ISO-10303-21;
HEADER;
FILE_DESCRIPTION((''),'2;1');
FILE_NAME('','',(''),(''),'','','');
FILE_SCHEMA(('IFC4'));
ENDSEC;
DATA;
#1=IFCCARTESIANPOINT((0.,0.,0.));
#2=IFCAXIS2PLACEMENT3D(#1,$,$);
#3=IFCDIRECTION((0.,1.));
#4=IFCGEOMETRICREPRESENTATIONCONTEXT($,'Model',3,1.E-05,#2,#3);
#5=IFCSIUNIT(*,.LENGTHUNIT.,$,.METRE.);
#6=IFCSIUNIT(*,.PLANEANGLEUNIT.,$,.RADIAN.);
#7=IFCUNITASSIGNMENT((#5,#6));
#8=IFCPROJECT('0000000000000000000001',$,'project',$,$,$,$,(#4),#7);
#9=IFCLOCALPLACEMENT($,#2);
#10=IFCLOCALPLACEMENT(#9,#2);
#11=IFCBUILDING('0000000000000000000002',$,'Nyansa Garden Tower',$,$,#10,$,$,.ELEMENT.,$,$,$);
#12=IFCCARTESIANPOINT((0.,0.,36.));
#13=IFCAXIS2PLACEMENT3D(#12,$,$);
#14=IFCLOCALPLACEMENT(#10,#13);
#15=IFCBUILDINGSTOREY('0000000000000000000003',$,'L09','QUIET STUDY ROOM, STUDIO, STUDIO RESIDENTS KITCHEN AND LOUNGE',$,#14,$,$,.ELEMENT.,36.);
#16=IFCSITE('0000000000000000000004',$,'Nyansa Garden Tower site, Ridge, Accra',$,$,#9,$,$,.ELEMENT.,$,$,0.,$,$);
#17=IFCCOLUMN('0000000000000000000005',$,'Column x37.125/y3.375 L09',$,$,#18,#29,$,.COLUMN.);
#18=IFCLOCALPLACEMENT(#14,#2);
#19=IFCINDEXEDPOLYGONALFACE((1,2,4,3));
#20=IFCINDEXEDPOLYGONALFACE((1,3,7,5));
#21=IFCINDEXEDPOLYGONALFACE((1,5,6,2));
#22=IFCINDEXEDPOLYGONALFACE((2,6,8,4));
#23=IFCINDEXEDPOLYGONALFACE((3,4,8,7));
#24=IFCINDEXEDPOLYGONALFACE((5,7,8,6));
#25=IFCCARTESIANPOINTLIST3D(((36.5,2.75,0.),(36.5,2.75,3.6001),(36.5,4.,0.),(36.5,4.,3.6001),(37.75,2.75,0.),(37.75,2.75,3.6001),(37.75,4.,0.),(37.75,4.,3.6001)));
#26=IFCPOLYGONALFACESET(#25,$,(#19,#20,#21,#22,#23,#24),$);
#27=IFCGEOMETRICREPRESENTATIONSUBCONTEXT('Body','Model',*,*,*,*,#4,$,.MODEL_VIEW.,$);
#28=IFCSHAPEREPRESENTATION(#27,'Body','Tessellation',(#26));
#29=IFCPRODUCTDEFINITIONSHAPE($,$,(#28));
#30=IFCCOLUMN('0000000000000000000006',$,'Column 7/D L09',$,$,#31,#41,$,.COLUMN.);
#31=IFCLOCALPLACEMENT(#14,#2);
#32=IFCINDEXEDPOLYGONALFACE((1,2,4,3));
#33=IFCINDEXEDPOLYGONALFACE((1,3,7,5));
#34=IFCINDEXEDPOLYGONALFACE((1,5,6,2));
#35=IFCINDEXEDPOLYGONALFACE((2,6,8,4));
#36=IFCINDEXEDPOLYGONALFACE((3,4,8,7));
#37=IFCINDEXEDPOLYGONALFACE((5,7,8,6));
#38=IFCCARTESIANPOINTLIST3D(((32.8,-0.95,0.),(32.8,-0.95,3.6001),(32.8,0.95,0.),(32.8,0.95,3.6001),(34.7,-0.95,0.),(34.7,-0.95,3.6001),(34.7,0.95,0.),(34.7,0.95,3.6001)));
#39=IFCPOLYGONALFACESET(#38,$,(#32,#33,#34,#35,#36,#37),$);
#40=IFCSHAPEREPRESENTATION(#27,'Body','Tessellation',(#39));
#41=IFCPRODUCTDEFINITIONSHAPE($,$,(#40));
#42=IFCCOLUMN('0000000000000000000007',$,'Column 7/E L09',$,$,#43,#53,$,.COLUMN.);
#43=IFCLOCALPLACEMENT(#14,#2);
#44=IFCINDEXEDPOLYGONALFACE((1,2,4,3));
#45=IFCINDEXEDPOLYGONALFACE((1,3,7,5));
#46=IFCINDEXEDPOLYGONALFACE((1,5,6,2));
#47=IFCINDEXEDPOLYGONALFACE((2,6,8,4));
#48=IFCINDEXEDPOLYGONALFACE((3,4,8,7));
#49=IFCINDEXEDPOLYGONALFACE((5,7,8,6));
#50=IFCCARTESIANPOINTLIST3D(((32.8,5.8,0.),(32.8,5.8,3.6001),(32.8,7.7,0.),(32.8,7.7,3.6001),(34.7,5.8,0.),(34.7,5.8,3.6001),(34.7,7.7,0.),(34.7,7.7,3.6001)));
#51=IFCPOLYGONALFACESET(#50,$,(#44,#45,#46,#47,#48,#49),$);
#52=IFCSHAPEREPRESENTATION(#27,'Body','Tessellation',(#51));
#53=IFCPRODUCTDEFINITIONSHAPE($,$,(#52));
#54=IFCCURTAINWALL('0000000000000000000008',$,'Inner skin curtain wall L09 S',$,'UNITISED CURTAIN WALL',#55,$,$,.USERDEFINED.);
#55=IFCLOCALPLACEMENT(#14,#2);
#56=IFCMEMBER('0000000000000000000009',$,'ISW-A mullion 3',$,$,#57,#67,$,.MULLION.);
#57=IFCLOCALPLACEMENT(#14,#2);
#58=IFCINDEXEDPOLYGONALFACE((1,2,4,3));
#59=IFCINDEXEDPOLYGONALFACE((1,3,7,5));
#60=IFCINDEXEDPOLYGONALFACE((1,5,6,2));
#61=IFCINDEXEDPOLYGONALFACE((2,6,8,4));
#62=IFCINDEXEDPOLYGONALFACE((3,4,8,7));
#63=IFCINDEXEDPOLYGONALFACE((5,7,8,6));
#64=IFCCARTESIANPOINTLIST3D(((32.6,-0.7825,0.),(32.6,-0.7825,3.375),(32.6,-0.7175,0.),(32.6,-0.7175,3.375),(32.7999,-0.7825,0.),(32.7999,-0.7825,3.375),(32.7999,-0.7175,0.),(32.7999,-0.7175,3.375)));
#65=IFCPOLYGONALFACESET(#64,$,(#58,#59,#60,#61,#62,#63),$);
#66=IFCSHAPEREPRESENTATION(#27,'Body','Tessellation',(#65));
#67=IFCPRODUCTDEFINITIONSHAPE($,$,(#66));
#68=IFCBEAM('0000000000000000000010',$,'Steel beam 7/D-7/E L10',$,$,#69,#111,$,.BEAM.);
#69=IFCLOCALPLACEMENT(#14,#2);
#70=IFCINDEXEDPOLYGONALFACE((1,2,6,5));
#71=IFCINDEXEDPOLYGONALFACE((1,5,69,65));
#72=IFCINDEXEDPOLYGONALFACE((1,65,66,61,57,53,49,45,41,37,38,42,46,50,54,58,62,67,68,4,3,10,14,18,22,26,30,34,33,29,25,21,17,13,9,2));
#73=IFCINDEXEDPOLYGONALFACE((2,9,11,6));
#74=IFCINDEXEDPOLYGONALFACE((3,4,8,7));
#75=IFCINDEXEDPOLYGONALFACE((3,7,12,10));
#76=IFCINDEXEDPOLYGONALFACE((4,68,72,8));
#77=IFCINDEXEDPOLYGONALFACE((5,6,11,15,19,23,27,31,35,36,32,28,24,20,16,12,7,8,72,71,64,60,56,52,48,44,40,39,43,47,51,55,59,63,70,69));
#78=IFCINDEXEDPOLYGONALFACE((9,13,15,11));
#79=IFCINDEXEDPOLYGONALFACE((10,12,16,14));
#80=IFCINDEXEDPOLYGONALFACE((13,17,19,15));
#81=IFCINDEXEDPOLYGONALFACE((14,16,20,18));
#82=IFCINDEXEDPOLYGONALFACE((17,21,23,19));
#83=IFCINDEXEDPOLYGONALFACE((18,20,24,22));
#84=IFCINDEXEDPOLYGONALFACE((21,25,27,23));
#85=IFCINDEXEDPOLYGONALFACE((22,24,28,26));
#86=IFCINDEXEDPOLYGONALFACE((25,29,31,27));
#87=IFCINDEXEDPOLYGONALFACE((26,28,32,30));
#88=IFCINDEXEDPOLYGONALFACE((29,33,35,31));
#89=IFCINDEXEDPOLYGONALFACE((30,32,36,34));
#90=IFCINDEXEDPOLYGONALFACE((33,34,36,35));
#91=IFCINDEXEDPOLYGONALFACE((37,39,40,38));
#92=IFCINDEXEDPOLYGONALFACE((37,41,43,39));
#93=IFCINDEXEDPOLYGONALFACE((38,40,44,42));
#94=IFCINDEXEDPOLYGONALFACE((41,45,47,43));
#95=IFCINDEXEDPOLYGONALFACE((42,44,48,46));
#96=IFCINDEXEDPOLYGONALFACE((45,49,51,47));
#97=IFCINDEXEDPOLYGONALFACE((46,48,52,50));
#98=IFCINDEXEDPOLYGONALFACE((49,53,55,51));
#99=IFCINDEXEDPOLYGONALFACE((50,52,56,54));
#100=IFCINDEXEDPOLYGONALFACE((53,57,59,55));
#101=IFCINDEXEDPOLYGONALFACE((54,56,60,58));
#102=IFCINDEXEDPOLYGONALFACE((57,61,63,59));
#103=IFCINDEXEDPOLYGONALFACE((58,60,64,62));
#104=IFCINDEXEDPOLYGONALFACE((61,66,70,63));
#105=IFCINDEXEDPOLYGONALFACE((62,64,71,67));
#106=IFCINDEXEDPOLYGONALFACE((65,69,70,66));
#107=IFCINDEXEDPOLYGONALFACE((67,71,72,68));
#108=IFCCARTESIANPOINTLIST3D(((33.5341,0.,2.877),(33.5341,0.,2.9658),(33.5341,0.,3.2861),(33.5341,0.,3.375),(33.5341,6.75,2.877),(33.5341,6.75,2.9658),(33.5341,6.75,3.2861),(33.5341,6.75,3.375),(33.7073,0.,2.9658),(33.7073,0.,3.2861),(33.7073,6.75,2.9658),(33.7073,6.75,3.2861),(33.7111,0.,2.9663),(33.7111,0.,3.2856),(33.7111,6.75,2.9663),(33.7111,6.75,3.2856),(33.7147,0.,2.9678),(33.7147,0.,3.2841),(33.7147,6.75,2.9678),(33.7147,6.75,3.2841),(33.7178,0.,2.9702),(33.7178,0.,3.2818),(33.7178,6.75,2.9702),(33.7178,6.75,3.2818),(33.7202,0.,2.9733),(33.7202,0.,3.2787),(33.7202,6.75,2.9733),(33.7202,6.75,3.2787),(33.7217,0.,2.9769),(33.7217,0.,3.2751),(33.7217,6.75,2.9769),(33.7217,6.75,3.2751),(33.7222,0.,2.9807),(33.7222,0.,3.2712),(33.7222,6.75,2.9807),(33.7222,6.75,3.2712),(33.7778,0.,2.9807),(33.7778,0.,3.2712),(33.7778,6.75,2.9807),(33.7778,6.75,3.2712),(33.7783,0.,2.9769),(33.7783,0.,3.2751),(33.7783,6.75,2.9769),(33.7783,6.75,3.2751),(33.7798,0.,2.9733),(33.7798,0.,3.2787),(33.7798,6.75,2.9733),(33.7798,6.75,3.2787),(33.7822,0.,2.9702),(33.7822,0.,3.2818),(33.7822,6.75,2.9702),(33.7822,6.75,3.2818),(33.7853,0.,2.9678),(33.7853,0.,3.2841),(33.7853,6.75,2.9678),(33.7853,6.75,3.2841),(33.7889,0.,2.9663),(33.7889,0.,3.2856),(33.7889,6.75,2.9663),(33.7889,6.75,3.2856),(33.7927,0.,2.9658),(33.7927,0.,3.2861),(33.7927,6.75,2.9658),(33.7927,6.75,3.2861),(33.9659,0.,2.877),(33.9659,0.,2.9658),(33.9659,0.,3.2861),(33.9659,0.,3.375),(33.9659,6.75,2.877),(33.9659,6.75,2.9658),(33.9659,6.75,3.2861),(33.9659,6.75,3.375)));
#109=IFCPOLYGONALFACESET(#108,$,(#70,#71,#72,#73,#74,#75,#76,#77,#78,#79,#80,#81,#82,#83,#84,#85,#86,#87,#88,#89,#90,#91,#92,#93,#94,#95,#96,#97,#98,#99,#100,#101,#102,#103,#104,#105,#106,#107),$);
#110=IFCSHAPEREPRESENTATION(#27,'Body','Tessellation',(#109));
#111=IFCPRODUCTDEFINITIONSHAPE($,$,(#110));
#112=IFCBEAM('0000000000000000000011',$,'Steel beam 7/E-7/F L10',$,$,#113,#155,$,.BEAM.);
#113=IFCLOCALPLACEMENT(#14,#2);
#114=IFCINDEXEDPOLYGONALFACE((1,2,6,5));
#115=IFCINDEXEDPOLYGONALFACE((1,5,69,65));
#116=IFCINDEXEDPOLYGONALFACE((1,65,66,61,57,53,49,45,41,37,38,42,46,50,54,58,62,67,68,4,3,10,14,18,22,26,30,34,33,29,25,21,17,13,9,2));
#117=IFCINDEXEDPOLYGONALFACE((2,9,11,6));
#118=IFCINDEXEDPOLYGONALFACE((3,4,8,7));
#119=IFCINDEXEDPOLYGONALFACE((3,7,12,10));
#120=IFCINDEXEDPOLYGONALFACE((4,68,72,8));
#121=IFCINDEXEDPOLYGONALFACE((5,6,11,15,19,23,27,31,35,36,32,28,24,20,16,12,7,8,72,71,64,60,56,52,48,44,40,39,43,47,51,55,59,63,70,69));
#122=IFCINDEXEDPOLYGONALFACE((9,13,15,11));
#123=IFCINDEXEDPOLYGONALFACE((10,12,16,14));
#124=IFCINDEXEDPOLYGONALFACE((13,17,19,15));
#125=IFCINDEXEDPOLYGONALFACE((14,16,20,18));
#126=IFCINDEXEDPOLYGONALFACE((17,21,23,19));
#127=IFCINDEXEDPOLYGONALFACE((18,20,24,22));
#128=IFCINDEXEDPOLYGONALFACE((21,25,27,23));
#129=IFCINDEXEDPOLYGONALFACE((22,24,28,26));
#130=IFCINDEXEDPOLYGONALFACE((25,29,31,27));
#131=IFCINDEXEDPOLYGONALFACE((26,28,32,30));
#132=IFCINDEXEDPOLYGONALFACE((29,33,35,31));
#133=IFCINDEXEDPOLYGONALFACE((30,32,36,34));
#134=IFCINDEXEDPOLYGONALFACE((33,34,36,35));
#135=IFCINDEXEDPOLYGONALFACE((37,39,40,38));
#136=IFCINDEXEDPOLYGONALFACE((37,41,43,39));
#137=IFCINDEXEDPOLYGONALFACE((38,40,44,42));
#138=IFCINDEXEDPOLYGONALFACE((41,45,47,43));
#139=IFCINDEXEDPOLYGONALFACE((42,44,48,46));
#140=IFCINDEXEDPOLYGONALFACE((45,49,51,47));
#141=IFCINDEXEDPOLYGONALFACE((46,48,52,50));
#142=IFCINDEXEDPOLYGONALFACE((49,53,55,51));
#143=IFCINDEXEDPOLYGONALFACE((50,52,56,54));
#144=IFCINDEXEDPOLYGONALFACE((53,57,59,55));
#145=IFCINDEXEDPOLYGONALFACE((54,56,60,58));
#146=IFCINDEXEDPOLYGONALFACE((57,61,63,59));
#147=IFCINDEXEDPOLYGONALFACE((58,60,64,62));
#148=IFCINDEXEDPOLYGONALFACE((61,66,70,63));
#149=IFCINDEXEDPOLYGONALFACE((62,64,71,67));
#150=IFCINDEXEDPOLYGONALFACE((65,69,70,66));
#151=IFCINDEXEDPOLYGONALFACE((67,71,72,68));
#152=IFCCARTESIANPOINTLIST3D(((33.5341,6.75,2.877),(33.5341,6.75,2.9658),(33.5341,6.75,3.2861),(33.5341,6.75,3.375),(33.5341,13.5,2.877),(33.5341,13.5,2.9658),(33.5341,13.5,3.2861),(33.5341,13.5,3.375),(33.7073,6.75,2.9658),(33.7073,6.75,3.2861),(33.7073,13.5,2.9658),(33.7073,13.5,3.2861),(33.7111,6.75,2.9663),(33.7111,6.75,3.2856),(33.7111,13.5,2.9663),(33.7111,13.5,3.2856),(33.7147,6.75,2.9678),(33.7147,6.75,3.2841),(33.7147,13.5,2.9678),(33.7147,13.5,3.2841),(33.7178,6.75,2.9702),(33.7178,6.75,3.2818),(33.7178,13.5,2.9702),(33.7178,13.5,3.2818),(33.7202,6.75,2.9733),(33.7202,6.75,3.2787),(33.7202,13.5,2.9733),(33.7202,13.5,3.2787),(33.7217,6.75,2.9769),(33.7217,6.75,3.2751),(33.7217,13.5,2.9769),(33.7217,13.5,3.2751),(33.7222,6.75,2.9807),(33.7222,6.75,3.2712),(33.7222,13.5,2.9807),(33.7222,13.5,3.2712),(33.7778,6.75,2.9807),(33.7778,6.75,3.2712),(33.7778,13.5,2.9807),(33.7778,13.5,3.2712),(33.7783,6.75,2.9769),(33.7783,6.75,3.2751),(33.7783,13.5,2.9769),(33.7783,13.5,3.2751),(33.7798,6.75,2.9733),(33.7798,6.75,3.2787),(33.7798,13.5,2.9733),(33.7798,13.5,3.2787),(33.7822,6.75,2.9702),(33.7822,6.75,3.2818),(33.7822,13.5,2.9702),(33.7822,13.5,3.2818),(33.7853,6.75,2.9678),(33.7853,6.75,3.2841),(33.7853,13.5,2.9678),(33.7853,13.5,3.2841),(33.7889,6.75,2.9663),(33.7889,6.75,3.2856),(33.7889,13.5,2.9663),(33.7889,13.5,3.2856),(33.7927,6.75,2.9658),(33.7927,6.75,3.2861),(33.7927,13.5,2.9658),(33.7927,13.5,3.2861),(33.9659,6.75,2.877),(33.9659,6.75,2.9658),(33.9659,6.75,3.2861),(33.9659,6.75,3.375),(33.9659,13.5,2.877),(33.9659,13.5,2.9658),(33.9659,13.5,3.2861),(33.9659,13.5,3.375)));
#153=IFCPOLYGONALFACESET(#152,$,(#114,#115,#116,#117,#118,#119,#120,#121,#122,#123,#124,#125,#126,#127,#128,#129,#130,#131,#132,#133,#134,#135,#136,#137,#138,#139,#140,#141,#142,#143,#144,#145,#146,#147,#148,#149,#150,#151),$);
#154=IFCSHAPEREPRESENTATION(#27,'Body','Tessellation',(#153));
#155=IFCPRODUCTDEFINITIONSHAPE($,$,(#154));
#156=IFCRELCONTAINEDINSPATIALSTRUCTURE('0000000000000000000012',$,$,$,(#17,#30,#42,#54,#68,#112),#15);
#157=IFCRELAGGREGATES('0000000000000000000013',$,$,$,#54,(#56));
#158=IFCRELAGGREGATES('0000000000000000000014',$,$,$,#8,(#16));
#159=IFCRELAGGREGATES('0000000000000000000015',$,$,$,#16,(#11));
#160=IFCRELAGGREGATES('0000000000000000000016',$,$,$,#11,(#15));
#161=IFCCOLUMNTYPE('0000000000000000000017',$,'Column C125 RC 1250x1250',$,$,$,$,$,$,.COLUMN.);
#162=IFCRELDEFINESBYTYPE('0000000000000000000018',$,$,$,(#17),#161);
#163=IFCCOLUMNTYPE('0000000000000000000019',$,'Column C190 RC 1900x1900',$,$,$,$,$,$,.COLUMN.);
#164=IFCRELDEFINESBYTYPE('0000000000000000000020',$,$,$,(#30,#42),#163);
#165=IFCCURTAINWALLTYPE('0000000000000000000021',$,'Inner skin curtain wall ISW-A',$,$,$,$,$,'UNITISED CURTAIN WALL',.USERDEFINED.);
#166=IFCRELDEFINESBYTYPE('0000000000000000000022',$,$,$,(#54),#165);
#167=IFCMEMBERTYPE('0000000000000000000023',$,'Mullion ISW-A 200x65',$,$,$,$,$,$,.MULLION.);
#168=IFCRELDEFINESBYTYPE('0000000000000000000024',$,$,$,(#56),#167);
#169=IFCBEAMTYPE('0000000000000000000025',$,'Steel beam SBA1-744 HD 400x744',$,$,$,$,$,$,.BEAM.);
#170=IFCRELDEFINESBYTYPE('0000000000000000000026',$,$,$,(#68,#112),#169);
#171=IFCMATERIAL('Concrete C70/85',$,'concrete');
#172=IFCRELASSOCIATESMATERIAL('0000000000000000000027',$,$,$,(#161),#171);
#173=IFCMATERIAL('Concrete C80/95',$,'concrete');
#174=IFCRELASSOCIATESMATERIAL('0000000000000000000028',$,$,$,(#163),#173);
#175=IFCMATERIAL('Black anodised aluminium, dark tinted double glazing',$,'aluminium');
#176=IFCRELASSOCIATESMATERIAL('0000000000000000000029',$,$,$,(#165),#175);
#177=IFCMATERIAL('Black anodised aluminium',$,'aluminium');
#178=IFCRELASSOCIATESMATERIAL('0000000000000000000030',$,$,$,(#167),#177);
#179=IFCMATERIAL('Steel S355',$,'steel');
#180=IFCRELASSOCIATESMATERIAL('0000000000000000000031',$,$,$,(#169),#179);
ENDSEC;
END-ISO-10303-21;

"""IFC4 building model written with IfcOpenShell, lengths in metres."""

from ifc_helpers import new_model, si_unit, direction, frame, origin, origin_2d, place, context, subcontext, project, spatial, rectangle, i_section, extrude, material, material_profile, profile_set, type_object, element, aggregate, save


model = new_model("IFC4")

# Units and contexts
model_context = context("Model", 3, precision=1e-05, world=origin(), true_north=direction((0.0, 1.0)))
body_context = subcontext(model_context, "Body", "Model", "MODEL_VIEW")
ifc_project = project(units=[si_unit("LENGTHUNIT", "METRE"), si_unit("PLANEANGLEUNIT", "RADIAN")], contexts=[model_context])

# Site, building, storey
site_placement = place(None, origin())
site = spatial("IfcSite", under=ifc_project, at=site_placement, Name="Nyansa Garden Tower site, Ridge, Accra", CompositionType="ELEMENT", RefElevation=0.0)
building_placement = place(site_placement, origin())
building = spatial("IfcBuilding", under=site, at=building_placement, Name="Nyansa Garden Tower", CompositionType="ELEMENT")
storey_placement = place(building_placement, frame((0.0, 0.0, 36.0)))
storey = spatial("IfcBuildingStorey", under=building, at=storey_placement, Name="L09", Description="QUIET STUDY ROOM, STUDIO, STUDIO RESIDENTS KITCHEN AND LOUNGE", CompositionType="ELEMENT", Elevation=36.0)

# Columns
ifc_material_1 = material(Name="Concrete C70/85", Category="concrete")
ifc_material_profile_1 = material_profile(ifc_material_1, rectangle(XDim=1.25, YDim=1.25, at=origin_2d()), Name="RC 1250x1250")
ifc_profile_set_1 = profile_set([ifc_material_profile_1], Name="Concrete C70/85")
column_type_1 = type_object("IfcColumnType", Name="Column C125 RC 1250x1250", PredefinedType="COLUMN", material=ifc_profile_set_1)
column_placement = place(storey_placement, frame((37.125, 3.375, 0.0), z_axis=(0.0, 0.0, 1.0), x_axis=(1.0, 0.0, 0.0)))
element("IfcColumn", 1, at=column_placement, inside=storey, type_object=column_type_1, Name="Column x37.125/y3.375 L09", PredefinedType="COLUMN", context=body_context, shape_type="SweptSolid", body=[
    extrude(rectangle(XDim=1.25, YDim=1.25, at=origin_2d()), origin(), (0.0, 0.0, 1.0), 3.6001),
])
ifc_material_2 = material(Name="Concrete C80/95", Category="concrete")
ifc_material_profile_2 = material_profile(ifc_material_2, rectangle(XDim=1.8999, YDim=1.8999, at=origin_2d()), Name="RC 1900x1900")
ifc_profile_set_2 = profile_set([ifc_material_profile_2], Name="Concrete C80/95")
column_type_2 = type_object("IfcColumnType", Name="Column C190 RC 1900x1900", PredefinedType="COLUMN", material=ifc_profile_set_2)
for number, where, z_axis, x_axis, name in (
    (2, (33.75, 0.0, 0.0), (0.0, 0.0, 1.0), (1.0, 0.0, 0.0), "Column 7/D L09"),
    (3, (33.75, 6.75, 0.0), (0.0, 0.0, 1.0), (1.0, 0.0, 0.0), "Column 7/E L09"),
):
    element("IfcColumn", number, at=place(storey_placement, frame(where, z_axis=z_axis, x_axis=x_axis)), inside=storey, type_object=column_type_2, Name=name, PredefinedType="COLUMN", context=body_context, shape_type="SweptSolid", body=[
        extrude(rectangle(XDim=1.8999, YDim=1.8999, at=origin_2d()), origin(), (0.0, 0.0, 1.0), 3.6001),
    ])

# Curtain wall, member
ifc_material_3 = material(Name="Black anodised aluminium, dark tinted double glazing", Category="aluminium")
curtain_wall_type = type_object("IfcCurtainWallType", Name="Inner skin curtain wall ISW-A", ElementType="UNITISED CURTAIN WALL", PredefinedType="USERDEFINED", material=ifc_material_3)
curtain_wall_placement = place(storey_placement, origin())
curtain_wall = element("IfcCurtainWall", 4, at=curtain_wall_placement, inside=storey, type_object=curtain_wall_type, Name="Inner skin curtain wall L09 S", ObjectType="UNITISED CURTAIN WALL", PredefinedType="USERDEFINED")
ifc_material_4 = material(Name="Black anodised aluminium", Category="aluminium")
ifc_material_profile_3 = material_profile(ifc_material_4, rectangle(XDim=0.0649, YDim=0.2, at=origin_2d()), Name="Mullion 200x65")
ifc_profile_set_3 = profile_set([ifc_material_profile_3], Name="Black anodised aluminium")
member_type = type_object("IfcMemberType", Name="Mullion ISW-A 200x65", PredefinedType="MULLION", material=ifc_profile_set_3)
member_placement = place(storey_placement, frame((32.7, -0.75, 0.0), z_axis=(0.0, 0.0, 1.0), x_axis=(0.0, 1.0, 0.0)))
member = element("IfcMember", 5, at=member_placement, type_object=member_type, Name="ISW-A mullion 3", PredefinedType="MULLION", context=body_context, shape_type="SweptSolid", body=[
    extrude(rectangle(XDim=0.0649, YDim=0.2, at=origin_2d()), origin(), (0.0, 0.0, 1.0), 3.375),
])

# Beams
ifc_material_5 = material(Name="Steel S355", Category="steel")
ifc_material_profile_4 = material_profile(ifc_material_5, i_section(OverallWidth=0.4319, OverallDepth=0.498, WebThickness=0.0557, FlangeThickness=0.0889, FilletRadius=0.0149, at=origin_2d()), Name="HD 400x744")
ifc_profile_set_4 = profile_set([ifc_material_profile_4], Name="Steel S355")
beam_type_1 = type_object("IfcBeamType", Name="Steel beam SBA1-744 HD 400x744", PredefinedType="BEAM", material=ifc_profile_set_4)
for number, where, z_axis, x_axis, name in (
    (6, (33.75, 0.0, 3.126), (0.0, 1.0, 0.0), (-1.0, 0.0, 0.0), "Steel beam 7/D-7/E L10"),
    (7, (33.75, 6.75, 3.126), (0.0, 1.0, 0.0), (-1.0, 0.0, 0.0), "Steel beam 7/E-7/F L10"),
):
    element("IfcBeam", number, at=place(storey_placement, frame(where, z_axis=z_axis, x_axis=x_axis)), inside=storey, type_object=beam_type_1, Name=name, PredefinedType="BEAM", context=body_context, shape_type="SweptSolid", body=[
        extrude(i_section(OverallWidth=0.4319, OverallDepth=0.498, WebThickness=0.0557, FlangeThickness=0.0889, FilletRadius=0.0149, at=origin_2d()), origin(), (0.0, 0.0, 1.0), 6.75),
    ])

aggregate(curtain_wall, [member])

save(model, "model.ifc")
